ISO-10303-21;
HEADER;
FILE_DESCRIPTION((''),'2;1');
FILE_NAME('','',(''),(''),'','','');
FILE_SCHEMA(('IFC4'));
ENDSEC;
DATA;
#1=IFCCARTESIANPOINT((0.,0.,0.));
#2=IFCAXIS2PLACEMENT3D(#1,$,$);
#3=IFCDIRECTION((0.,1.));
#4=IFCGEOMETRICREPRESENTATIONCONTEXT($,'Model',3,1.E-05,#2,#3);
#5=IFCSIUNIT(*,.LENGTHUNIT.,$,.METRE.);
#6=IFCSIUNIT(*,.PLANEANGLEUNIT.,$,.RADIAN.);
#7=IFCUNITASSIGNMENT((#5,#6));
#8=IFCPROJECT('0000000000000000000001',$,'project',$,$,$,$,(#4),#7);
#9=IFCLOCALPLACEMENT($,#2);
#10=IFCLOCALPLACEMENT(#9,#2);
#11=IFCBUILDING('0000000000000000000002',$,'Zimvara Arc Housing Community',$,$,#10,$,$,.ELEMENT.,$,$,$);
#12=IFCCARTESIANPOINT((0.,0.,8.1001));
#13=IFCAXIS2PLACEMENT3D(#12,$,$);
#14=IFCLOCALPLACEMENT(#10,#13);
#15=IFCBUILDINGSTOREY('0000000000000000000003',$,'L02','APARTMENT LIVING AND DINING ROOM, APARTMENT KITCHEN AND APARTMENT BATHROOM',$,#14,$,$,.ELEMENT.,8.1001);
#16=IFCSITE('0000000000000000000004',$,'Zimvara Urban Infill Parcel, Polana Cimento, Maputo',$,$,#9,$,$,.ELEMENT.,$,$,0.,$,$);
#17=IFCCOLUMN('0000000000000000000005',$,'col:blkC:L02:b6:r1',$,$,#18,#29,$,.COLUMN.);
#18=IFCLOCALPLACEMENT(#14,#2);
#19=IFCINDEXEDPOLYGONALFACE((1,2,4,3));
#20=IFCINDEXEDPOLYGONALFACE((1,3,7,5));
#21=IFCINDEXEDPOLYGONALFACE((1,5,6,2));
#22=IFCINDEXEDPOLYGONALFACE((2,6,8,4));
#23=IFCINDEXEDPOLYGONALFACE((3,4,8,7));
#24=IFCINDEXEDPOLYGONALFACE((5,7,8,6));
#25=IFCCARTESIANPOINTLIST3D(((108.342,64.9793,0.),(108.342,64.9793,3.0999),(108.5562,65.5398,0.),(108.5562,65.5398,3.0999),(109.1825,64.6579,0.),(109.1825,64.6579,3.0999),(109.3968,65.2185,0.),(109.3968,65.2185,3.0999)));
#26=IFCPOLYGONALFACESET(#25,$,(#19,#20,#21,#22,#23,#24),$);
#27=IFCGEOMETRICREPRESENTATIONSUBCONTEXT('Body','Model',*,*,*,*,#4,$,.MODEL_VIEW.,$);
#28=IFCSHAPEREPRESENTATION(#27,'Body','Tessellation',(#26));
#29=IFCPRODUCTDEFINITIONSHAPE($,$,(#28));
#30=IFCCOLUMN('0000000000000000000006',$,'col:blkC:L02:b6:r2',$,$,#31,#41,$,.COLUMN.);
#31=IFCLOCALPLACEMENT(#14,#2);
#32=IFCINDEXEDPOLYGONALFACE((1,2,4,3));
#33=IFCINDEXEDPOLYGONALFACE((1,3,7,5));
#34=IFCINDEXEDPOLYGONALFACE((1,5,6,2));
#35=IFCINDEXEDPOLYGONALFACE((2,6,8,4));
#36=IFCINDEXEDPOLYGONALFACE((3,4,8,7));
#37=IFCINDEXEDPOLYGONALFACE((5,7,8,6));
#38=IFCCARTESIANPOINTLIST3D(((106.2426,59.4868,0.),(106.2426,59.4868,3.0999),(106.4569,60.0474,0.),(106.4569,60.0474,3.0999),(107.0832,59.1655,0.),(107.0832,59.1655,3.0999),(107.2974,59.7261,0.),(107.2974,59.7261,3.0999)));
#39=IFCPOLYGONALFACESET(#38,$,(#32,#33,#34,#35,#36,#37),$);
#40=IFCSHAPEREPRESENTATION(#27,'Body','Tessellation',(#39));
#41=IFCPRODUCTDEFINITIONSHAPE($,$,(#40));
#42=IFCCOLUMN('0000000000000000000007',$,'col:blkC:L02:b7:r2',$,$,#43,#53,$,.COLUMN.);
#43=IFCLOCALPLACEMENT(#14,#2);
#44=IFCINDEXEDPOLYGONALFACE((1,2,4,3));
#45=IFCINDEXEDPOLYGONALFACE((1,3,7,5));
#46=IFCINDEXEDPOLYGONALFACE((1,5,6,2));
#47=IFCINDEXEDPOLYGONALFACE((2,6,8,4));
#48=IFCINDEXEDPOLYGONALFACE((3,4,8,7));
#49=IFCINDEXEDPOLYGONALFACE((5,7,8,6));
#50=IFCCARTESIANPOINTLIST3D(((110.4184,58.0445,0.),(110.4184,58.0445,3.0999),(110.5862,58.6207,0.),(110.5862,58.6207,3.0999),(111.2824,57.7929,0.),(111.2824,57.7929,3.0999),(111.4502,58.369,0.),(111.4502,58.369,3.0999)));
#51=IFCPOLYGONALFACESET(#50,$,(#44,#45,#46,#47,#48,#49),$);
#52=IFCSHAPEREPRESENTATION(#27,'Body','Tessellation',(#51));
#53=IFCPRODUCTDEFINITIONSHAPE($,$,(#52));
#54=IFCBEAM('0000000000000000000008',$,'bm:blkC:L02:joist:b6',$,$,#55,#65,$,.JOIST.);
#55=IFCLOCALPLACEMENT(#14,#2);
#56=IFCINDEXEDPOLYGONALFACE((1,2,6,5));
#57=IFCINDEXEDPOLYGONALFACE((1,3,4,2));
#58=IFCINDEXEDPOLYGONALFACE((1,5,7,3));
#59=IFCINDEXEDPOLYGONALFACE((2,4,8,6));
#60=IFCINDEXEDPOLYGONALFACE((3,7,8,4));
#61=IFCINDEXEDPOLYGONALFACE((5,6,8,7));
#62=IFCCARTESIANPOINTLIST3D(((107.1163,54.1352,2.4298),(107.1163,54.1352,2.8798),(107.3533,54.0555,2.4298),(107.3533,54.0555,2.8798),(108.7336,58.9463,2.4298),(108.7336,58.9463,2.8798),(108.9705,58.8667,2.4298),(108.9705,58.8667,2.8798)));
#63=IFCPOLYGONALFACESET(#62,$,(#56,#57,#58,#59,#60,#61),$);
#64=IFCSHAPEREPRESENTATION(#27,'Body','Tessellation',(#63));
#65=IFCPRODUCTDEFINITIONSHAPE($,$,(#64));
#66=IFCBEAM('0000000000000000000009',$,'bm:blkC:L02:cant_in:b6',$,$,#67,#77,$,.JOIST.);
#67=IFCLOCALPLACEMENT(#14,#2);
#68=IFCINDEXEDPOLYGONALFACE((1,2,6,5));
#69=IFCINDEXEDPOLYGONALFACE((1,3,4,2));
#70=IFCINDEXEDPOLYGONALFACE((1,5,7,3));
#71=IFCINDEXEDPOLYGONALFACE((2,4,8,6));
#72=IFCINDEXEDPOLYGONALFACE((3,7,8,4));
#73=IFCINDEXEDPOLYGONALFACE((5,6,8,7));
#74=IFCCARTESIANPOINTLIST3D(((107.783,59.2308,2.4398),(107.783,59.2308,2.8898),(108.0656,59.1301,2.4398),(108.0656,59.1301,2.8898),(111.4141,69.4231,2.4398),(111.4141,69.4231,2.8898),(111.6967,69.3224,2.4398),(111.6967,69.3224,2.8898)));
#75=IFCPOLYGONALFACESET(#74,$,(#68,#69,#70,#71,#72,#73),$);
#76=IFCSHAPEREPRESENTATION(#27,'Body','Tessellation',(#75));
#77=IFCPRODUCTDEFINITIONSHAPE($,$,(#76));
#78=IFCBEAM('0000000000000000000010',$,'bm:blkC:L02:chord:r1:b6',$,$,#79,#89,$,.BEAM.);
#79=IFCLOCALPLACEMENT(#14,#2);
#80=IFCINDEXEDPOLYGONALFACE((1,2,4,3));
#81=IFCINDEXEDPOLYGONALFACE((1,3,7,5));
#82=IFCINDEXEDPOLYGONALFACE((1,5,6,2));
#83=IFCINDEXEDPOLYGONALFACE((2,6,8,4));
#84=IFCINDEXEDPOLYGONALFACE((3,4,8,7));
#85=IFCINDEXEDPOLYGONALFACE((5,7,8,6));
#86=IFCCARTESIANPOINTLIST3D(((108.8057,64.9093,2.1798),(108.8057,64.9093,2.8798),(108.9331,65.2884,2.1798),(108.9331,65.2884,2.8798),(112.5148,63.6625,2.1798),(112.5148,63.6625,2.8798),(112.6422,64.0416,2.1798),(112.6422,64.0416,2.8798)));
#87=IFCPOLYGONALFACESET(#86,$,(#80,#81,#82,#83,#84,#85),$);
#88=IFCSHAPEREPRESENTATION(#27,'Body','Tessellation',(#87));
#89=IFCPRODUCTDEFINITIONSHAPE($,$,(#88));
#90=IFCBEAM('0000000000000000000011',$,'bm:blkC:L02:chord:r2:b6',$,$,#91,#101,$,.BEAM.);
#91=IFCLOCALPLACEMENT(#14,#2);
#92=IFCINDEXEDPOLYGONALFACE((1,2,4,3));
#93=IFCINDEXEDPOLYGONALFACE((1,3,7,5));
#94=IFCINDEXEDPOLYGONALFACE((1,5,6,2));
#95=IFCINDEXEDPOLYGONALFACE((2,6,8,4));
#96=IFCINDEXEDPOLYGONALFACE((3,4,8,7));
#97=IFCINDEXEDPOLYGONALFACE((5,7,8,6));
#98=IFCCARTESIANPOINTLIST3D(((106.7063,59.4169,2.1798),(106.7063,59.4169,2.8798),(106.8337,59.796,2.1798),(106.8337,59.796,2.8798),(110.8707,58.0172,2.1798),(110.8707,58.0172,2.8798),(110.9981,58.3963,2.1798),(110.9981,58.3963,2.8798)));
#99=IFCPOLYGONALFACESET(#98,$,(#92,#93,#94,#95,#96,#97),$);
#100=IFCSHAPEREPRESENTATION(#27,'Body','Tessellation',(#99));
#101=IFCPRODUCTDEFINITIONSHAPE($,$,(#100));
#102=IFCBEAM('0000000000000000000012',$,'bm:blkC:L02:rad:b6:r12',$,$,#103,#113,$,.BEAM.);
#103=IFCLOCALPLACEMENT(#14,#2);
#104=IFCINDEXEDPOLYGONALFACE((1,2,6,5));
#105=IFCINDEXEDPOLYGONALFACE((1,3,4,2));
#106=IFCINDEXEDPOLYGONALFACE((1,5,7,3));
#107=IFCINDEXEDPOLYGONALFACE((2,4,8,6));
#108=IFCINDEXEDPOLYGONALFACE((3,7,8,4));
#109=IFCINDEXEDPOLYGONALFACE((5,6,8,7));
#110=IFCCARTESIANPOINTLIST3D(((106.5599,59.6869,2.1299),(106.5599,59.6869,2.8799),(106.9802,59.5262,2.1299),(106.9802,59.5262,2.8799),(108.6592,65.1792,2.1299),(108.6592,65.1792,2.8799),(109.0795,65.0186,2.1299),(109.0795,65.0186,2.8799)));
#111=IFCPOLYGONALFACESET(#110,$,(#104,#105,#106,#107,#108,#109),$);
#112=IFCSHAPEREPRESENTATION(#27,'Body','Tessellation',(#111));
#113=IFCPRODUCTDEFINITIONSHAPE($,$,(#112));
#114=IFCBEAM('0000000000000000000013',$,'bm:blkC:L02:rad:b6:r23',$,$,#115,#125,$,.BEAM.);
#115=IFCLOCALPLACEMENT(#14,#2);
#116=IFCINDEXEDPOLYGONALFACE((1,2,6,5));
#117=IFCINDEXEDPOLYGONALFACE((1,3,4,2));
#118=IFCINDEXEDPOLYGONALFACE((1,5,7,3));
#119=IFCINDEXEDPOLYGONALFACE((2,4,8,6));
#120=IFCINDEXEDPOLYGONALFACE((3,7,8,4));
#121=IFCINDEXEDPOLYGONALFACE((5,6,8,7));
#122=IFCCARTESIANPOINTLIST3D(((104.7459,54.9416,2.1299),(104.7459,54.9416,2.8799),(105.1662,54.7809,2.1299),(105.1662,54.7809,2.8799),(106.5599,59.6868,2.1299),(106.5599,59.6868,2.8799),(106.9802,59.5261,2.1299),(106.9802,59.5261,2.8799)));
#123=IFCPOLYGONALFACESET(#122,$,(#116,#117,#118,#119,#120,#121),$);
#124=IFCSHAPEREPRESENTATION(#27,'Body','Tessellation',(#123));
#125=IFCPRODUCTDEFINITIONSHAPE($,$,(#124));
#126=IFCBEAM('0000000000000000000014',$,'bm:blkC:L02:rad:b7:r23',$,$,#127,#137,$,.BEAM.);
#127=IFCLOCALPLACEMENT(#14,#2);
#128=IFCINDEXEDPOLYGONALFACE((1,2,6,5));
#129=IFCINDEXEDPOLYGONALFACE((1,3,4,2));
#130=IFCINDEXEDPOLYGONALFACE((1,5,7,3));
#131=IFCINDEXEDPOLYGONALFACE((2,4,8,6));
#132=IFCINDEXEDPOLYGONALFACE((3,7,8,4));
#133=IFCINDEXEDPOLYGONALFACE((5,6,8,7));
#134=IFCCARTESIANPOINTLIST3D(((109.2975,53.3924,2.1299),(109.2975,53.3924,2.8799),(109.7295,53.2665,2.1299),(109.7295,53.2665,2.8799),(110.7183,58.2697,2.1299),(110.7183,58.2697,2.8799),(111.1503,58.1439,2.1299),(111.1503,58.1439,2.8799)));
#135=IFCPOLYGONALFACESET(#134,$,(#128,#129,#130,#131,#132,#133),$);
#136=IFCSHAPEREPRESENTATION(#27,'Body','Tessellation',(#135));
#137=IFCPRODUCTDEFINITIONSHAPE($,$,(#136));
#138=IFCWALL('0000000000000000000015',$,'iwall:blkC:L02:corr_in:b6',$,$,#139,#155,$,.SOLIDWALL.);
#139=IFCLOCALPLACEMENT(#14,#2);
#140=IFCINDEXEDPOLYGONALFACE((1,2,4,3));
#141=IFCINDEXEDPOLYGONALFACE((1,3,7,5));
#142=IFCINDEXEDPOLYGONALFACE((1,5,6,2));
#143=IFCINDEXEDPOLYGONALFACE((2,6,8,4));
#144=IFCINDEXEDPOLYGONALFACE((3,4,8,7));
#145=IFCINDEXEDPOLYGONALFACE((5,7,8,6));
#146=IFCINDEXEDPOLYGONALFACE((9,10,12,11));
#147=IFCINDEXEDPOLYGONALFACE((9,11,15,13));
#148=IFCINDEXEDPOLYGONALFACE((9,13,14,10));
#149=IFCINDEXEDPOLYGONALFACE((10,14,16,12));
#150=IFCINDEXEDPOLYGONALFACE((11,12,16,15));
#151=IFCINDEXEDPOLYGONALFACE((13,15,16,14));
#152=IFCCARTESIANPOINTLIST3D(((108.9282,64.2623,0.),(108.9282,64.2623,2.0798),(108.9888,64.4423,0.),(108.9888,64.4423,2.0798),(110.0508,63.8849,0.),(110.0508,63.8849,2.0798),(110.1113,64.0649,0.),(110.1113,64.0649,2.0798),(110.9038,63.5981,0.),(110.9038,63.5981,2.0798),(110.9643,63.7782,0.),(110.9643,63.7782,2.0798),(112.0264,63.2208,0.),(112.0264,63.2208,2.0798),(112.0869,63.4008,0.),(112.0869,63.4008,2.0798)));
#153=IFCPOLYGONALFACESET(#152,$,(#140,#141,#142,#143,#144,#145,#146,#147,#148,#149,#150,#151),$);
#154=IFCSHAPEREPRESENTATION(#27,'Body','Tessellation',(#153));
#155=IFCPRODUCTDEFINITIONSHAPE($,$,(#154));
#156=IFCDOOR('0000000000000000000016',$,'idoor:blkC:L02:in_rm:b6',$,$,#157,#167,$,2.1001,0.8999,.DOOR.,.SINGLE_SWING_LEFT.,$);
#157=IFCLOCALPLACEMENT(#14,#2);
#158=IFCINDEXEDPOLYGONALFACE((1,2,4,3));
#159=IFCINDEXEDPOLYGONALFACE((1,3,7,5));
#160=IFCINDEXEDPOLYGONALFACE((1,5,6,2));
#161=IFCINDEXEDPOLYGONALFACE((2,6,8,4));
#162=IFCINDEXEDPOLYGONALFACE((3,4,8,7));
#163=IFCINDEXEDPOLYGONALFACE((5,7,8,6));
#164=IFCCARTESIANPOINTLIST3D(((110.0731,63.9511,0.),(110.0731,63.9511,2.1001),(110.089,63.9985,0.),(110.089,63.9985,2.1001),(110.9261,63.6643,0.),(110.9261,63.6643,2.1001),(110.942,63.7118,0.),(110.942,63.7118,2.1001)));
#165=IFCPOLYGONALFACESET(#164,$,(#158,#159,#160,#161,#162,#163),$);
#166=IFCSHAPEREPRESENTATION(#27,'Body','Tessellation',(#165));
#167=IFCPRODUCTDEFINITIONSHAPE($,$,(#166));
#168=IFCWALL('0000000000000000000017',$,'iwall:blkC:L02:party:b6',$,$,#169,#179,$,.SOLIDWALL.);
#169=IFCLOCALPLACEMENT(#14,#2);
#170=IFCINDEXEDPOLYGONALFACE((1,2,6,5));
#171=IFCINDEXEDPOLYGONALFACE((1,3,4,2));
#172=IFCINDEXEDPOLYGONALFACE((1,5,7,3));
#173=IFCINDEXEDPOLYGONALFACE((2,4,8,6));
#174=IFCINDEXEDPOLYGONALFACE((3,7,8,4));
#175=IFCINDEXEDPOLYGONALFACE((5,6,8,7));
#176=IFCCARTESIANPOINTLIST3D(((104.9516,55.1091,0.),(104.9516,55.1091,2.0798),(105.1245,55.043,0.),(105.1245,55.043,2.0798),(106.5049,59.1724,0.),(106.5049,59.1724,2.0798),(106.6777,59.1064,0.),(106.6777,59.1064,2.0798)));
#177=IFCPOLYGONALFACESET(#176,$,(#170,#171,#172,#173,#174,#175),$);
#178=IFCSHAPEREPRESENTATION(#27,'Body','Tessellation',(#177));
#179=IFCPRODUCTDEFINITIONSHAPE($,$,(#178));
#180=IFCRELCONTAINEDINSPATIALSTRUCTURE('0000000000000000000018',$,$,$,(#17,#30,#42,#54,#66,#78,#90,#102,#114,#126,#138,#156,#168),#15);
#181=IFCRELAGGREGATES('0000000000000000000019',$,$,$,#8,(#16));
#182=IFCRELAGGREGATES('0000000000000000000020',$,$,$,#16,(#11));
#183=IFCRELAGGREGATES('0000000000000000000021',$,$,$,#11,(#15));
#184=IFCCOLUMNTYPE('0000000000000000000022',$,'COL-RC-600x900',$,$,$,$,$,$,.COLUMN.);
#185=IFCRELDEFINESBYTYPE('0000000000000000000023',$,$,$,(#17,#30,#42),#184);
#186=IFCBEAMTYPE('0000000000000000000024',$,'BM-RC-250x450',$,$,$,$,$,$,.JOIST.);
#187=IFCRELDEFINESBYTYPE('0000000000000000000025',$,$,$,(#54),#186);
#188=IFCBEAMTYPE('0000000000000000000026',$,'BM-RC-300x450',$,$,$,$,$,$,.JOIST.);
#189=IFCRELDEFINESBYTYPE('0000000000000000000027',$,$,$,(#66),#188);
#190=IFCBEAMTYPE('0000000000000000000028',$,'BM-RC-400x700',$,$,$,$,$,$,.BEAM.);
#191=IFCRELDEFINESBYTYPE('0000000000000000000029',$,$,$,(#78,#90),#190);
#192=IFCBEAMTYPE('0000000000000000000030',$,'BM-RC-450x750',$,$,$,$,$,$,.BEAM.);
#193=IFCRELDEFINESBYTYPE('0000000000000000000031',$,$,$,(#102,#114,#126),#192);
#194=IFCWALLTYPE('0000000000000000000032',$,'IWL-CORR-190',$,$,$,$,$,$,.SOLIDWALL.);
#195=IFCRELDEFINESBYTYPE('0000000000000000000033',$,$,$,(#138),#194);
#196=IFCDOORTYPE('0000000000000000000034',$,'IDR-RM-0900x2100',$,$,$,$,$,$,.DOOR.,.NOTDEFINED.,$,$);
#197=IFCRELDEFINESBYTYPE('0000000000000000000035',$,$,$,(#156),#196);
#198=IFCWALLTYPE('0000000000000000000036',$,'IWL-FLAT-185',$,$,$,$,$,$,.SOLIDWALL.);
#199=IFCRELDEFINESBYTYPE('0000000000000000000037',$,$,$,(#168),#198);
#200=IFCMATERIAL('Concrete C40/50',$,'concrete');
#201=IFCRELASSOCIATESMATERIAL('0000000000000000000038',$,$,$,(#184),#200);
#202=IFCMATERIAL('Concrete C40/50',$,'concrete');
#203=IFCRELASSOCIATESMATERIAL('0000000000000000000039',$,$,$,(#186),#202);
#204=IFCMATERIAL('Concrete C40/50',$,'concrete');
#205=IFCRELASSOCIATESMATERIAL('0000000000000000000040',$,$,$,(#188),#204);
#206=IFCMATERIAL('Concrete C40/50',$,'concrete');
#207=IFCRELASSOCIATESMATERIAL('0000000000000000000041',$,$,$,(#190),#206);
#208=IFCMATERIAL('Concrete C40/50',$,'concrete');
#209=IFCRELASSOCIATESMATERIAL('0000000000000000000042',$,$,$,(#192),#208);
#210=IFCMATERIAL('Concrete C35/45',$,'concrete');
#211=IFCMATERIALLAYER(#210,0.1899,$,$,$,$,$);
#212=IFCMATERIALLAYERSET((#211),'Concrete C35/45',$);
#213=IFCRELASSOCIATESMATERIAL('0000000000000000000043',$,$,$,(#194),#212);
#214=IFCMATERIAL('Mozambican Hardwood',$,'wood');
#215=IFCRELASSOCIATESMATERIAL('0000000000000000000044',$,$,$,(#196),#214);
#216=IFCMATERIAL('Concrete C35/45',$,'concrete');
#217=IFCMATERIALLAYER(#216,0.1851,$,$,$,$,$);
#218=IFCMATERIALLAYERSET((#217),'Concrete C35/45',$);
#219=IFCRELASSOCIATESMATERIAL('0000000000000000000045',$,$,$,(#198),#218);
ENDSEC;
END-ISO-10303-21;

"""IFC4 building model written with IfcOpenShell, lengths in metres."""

from ifc_helpers import new_model, si_unit, direction, frame, frame_2d, origin, origin_2d, place, context, subcontext, project, spatial, rectangle, extrude, material, layer, layer_set, material_profile, profile_set, type_object, element, fill, save


model = new_model("IFC4")

# Units and contexts
model_context = context("Model", 3, precision=1e-05, world=origin(), true_north=direction((0.0, 1.0)))
body_context = subcontext(model_context, "Body", "Model", "MODEL_VIEW")
ifc_project = project(units=[si_unit("LENGTHUNIT", "METRE"), si_unit("PLANEANGLEUNIT", "RADIAN")], contexts=[model_context])

# Site, building, storey
site_placement = place(None, origin())
site = spatial("IfcSite", under=ifc_project, at=site_placement, Name="Zimvara Urban Infill Parcel, Polana Cimento, Maputo", CompositionType="ELEMENT", RefElevation=0.0)
building_placement = place(site_placement, origin())
building = spatial("IfcBuilding", under=site, at=building_placement, Name="Zimvara Arc Housing Community", CompositionType="ELEMENT")
storey_placement = place(building_placement, frame((0.0, 0.0, 8.1001)))
storey = spatial("IfcBuildingStorey", under=building, at=storey_placement, Name="L02", Description="APARTMENT LIVING AND DINING ROOM, APARTMENT KITCHEN AND APARTMENT BATHROOM", CompositionType="ELEMENT", Elevation=8.1001)

# Columns
ifc_material_1 = material(Name="Concrete C40/50", Category="concrete")
ifc_material_profile_1 = material_profile(ifc_material_1, rectangle(XDim=0.6001, YDim=0.8999, at=origin_2d()), Name="RC 600x900")
ifc_profile_set_1 = profile_set([ifc_material_profile_1], Name="Concrete C40/50")
column_type = type_object("IfcColumnType", Name="COL-RC-600x900", PredefinedType="COLUMN", material=ifc_profile_set_1)
for number, where, z_axis, x_axis, name in (
    (1, (108.8694, 65.0989, 0.0), (0.0, 0.0, 1.0), (-0.357064, -0.93408, 0.0), "col:blkC:L02:b6:r1"),
    (2, (106.77, 59.6064, 0.0), (0.0, 0.0, 1.0), (-0.357064, -0.93408, 0.0), "col:blkC:L02:b6:r2"),
    (3, (110.9343, 58.2068, 0.0), (0.0, 0.0, 1.0), (-0.279661, -0.960099, 0.0), "col:blkC:L02:b7:r2"),
):
    element("IfcColumn", number, at=place(storey_placement, frame(where, z_axis=z_axis, x_axis=x_axis)), inside=storey, type_object=column_type, Name=name, PredefinedType="COLUMN", context=body_context, shape_type="SweptSolid", body=[
        extrude(rectangle(XDim=0.6001, YDim=0.8999, at=origin_2d()), origin(), (0.0, 0.0, 1.0), 3.0999),
    ])

# Beams
ifc_material_2 = material(Name="Concrete C40/50", Category="concrete")
ifc_material_profile_2 = material_profile(ifc_material_2, rectangle(XDim=0.25, YDim=0.45, at=origin_2d()), Name="RC 250x450")
ifc_profile_set_2 = profile_set([ifc_material_profile_2], Name="Concrete C40/50")
beam_type_1 = type_object("IfcBeamType", Name="BM-RC-250x450", PredefinedType="JOIST", material=ifc_profile_set_2)
beam_1_placement = place(storey_placement, frame((108.8521, 58.9065, 2.6548), z_axis=(-0.318622, -0.947882, 0.0), x_axis=(0.947882, -0.318622, 0.0)))
element("IfcBeam", 4, at=beam_1_placement, inside=storey, type_object=beam_type_1, Name="bm:blkC:L02:joist:b6", PredefinedType="JOIST", context=body_context, shape_type="SweptSolid", body=[
    extrude(rectangle(XDim=0.25, YDim=0.45, at=origin_2d()), origin(), (0.0, 0.0, 1.0), 5.0757),
])
ifc_material_3 = material(Name="Concrete C40/50", Category="concrete")
ifc_material_profile_3 = material_profile(ifc_material_3, rectangle(XDim=0.3, YDim=0.45, at=origin_2d()), Name="RC 300x450")
ifc_profile_set_3 = profile_set([ifc_material_profile_3], Name="Concrete C40/50")
beam_type_2 = type_object("IfcBeamType", Name="BM-RC-300x450", PredefinedType="JOIST", material=ifc_profile_set_3)
beam_2_placement = place(storey_placement, frame((107.9243, 59.1804, 2.6648), z_axis=(0.335596, 0.942006, 0.0), x_axis=(-0.942006, 0.335596, 0.0)))
element("IfcBeam", 5, at=beam_2_placement, inside=storey, type_object=beam_type_2, Name="bm:blkC:L02:cant_in:b6", PredefinedType="JOIST", context=body_context, shape_type="SweptSolid", body=[
    extrude(rectangle(XDim=0.3, YDim=0.45, at=origin_2d()), origin(), (0.0, 0.0, 1.0), 10.8198),
])
ifc_material_4 = material(Name="Concrete C40/50", Category="concrete")
ifc_material_profile_4 = material_profile(ifc_material_4, rectangle(XDim=0.3999, YDim=0.7, at=origin_2d()), Name="RC 400x700")
ifc_profile_set_4 = profile_set([ifc_material_profile_4], Name="Concrete C40/50")
beam_type_3 = type_object("IfcBeamType", Name="BM-RC-400x700", PredefinedType="BEAM", material=ifc_profile_set_4)
beam_3_placement = place(storey_placement, frame((108.8694, 65.0989, 2.5298), z_axis=(0.947882, -0.318623, 0.0), x_axis=(0.318623, 0.947882, 0.0)))
element("IfcBeam", 6, at=beam_3_placement, inside=storey, type_object=beam_type_3, Name="bm:blkC:L02:chord:r1:b6", PredefinedType="BEAM", context=body_context, shape_type="SweptSolid", body=[
    extrude(rectangle(XDim=0.3999, YDim=0.7, at=origin_2d()), origin(), (0.0, 0.0, 1.0), 3.9131),
])
beam_4_placement = place(storey_placement, frame((106.77, 59.6064, 2.5298), z_axis=(0.947891, -0.318594, 0.0), x_axis=(0.318594, 0.947891, 0.0)))
element("IfcBeam", 7, at=beam_4_placement, inside=storey, type_object=beam_type_3, Name="bm:blkC:L02:chord:r2:b6", PredefinedType="BEAM", context=body_context, shape_type="SweptSolid", body=[
    extrude(rectangle(XDim=0.3999, YDim=0.7, at=origin_2d()), origin(), (0.0, 0.0, 1.0), 4.3933),
])
ifc_material_5 = material(Name="Concrete C40/50", Category="concrete")
ifc_material_profile_5 = material_profile(ifc_material_5, rectangle(XDim=0.45, YDim=0.75, at=origin_2d()), Name="RC 450x750")
ifc_profile_set_5 = profile_set([ifc_material_profile_5], Name="Concrete C40/50")
beam_type_4 = type_object("IfcBeamType", Name="BM-RC-450x750", PredefinedType="BEAM", material=ifc_profile_set_5)
beam_5_placement = place(storey_placement, frame((108.8694, 65.0989, 2.5049), z_axis=(-0.357036, -0.934091, 0.0), x_axis=(0.934091, -0.357036, 0.0)))
element("IfcBeam", 8, at=beam_5_placement, inside=storey, type_object=beam_type_4, Name="bm:blkC:L02:rad:b6:r12", PredefinedType="BEAM", context=body_context, shape_type="SweptSolid", body=[
    extrude(rectangle(XDim=0.45, YDim=0.75, at=origin_2d()), origin(), (0.0, 0.0, 1.0), 5.8799),
])
for number, where, z_axis, x_axis, name in (
    (9, (106.77, 59.6064, 2.5049), (-0.357078, -0.934074, 0.0), (0.934074, -0.357078, 0.0), "bm:blkC:L02:rad:b6:r23"),
    (10, (110.9343, 58.2068, 2.5049), (-0.279694, -0.960089, 0.0), (0.960089, -0.279694, 0.0), "bm:blkC:L02:rad:b7:r23"),
):
    element("IfcBeam", number, at=place(storey_placement, frame(where, z_axis=z_axis, x_axis=x_axis)), inside=storey, type_object=beam_type_4, Name=name, PredefinedType="BEAM", context=body_context, shape_type="SweptSolid", body=[
        extrude(rectangle(XDim=0.45, YDim=0.75, at=origin_2d()), origin(), (0.0, 0.0, 1.0), 5.0801),
    ])

# Wall, opening, door
ifc_material_6 = material(Name="Concrete C35/45", Category="concrete")
ifc_layer_1 = layer(ifc_material_6, 0.1899)
ifc_layer_set_1 = layer_set([ifc_layer_1], Name="Concrete C35/45")
wall_type_1 = type_object("IfcWallType", Name="IWL-CORR-190", PredefinedType="SOLIDWALL", material=ifc_layer_set_1)
wall_1_placement = place(storey_placement, frame((108.9585, 64.3523, 0.0), z_axis=(0.0, 0.0, 1.0), x_axis=(0.947874, -0.318647, 0.0)))
wall_1 = element("IfcWall", 11, at=wall_1_placement, inside=storey, type_object=wall_type_1, Name="iwall:blkC:L02:corr_in:b6", PredefinedType="SOLIDWALL", context=body_context, shape_type="SweptSolid", body=[
    extrude(rectangle(XDim=3.2686, YDim=0.1899, at=frame_2d((1.6343, 0.0))), origin(), (0.0, 0.0, 1.0), 2.0798),
])
opening_1_placement = place(wall_1_placement, frame((1.1843, 0.0, 0.0)))
opening_1 = element("IfcOpeningElement", 12, at=opening_1_placement, cuts=wall_1, PredefinedType="OPENING", context=body_context, shape_type="SweptSolid", body=[
    extrude(rectangle(XDim=0.8999, YDim=2.1001, at=frame_2d((0.45, 1.05))), frame((0.0, 0.105, 0.0), z_axis=(0.0, -1.0, 0.0), x_axis=(1.0, 0.0, 0.0)), (0.0, 0.0, 1.0), 0.21),
])
ifc_material_7 = material(Name="Mozambican Hardwood", Category="wood")
door_type_1 = type_object("IfcDoorType", Name="IDR-RM-0900x2100", OperationType="NOTDEFINED", PredefinedType="DOOR", material=ifc_material_7)
door_1_placement = place(opening_1_placement, origin())
door_1 = element("IfcDoor", 13, at=door_1_placement, inside=storey, type_object=door_type_1, Name="idoor:blkC:L02:in_rm:b6", OperationType="SINGLE_SWING_LEFT", OverallHeight=2.1001, OverallWidth=0.8999, PredefinedType="DOOR", context=body_context, shape_type="SweptSolid", body=[
    extrude(rectangle(XDim=0.8999, YDim=2.1001, at=frame_2d((0.45, 1.05))), frame((0.0, 0.0249, 0.0), z_axis=(0.0, -1.0, 0.0), x_axis=(1.0, 0.0, 0.0)), (0.0, 0.0, 1.0), 0.05),
])
fill(opening_1, door_1)

# Wall
ifc_material_8 = material(Name="Concrete C35/45", Category="concrete")
ifc_layer_2 = layer(ifc_material_8, 0.1851)
ifc_layer_set_2 = layer_set([ifc_layer_2], Name="Concrete C35/45")
wall_type_2 = type_object("IfcWallType", Name="IWL-FLAT-185", PredefinedType="SOLIDWALL", material=ifc_layer_set_2)
wall_2_placement = place(storey_placement, frame((106.5913, 59.1394, 0.0), z_axis=(0.0, 0.0, 1.0), x_axis=(-0.357064, -0.93408, 0.0)))
element("IfcWall", 14, at=wall_2_placement, inside=storey, type_object=wall_type_2, Name="iwall:blkC:L02:party:b6", PredefinedType="SOLIDWALL", context=body_context, shape_type="SweptSolid", body=[
    extrude(rectangle(XDim=4.3501, YDim=0.1851, at=frame_2d((2.175, 0.0))), origin(), (0.0, 0.0, 1.0), 2.0798),
])

save(model, "model.ifc")
